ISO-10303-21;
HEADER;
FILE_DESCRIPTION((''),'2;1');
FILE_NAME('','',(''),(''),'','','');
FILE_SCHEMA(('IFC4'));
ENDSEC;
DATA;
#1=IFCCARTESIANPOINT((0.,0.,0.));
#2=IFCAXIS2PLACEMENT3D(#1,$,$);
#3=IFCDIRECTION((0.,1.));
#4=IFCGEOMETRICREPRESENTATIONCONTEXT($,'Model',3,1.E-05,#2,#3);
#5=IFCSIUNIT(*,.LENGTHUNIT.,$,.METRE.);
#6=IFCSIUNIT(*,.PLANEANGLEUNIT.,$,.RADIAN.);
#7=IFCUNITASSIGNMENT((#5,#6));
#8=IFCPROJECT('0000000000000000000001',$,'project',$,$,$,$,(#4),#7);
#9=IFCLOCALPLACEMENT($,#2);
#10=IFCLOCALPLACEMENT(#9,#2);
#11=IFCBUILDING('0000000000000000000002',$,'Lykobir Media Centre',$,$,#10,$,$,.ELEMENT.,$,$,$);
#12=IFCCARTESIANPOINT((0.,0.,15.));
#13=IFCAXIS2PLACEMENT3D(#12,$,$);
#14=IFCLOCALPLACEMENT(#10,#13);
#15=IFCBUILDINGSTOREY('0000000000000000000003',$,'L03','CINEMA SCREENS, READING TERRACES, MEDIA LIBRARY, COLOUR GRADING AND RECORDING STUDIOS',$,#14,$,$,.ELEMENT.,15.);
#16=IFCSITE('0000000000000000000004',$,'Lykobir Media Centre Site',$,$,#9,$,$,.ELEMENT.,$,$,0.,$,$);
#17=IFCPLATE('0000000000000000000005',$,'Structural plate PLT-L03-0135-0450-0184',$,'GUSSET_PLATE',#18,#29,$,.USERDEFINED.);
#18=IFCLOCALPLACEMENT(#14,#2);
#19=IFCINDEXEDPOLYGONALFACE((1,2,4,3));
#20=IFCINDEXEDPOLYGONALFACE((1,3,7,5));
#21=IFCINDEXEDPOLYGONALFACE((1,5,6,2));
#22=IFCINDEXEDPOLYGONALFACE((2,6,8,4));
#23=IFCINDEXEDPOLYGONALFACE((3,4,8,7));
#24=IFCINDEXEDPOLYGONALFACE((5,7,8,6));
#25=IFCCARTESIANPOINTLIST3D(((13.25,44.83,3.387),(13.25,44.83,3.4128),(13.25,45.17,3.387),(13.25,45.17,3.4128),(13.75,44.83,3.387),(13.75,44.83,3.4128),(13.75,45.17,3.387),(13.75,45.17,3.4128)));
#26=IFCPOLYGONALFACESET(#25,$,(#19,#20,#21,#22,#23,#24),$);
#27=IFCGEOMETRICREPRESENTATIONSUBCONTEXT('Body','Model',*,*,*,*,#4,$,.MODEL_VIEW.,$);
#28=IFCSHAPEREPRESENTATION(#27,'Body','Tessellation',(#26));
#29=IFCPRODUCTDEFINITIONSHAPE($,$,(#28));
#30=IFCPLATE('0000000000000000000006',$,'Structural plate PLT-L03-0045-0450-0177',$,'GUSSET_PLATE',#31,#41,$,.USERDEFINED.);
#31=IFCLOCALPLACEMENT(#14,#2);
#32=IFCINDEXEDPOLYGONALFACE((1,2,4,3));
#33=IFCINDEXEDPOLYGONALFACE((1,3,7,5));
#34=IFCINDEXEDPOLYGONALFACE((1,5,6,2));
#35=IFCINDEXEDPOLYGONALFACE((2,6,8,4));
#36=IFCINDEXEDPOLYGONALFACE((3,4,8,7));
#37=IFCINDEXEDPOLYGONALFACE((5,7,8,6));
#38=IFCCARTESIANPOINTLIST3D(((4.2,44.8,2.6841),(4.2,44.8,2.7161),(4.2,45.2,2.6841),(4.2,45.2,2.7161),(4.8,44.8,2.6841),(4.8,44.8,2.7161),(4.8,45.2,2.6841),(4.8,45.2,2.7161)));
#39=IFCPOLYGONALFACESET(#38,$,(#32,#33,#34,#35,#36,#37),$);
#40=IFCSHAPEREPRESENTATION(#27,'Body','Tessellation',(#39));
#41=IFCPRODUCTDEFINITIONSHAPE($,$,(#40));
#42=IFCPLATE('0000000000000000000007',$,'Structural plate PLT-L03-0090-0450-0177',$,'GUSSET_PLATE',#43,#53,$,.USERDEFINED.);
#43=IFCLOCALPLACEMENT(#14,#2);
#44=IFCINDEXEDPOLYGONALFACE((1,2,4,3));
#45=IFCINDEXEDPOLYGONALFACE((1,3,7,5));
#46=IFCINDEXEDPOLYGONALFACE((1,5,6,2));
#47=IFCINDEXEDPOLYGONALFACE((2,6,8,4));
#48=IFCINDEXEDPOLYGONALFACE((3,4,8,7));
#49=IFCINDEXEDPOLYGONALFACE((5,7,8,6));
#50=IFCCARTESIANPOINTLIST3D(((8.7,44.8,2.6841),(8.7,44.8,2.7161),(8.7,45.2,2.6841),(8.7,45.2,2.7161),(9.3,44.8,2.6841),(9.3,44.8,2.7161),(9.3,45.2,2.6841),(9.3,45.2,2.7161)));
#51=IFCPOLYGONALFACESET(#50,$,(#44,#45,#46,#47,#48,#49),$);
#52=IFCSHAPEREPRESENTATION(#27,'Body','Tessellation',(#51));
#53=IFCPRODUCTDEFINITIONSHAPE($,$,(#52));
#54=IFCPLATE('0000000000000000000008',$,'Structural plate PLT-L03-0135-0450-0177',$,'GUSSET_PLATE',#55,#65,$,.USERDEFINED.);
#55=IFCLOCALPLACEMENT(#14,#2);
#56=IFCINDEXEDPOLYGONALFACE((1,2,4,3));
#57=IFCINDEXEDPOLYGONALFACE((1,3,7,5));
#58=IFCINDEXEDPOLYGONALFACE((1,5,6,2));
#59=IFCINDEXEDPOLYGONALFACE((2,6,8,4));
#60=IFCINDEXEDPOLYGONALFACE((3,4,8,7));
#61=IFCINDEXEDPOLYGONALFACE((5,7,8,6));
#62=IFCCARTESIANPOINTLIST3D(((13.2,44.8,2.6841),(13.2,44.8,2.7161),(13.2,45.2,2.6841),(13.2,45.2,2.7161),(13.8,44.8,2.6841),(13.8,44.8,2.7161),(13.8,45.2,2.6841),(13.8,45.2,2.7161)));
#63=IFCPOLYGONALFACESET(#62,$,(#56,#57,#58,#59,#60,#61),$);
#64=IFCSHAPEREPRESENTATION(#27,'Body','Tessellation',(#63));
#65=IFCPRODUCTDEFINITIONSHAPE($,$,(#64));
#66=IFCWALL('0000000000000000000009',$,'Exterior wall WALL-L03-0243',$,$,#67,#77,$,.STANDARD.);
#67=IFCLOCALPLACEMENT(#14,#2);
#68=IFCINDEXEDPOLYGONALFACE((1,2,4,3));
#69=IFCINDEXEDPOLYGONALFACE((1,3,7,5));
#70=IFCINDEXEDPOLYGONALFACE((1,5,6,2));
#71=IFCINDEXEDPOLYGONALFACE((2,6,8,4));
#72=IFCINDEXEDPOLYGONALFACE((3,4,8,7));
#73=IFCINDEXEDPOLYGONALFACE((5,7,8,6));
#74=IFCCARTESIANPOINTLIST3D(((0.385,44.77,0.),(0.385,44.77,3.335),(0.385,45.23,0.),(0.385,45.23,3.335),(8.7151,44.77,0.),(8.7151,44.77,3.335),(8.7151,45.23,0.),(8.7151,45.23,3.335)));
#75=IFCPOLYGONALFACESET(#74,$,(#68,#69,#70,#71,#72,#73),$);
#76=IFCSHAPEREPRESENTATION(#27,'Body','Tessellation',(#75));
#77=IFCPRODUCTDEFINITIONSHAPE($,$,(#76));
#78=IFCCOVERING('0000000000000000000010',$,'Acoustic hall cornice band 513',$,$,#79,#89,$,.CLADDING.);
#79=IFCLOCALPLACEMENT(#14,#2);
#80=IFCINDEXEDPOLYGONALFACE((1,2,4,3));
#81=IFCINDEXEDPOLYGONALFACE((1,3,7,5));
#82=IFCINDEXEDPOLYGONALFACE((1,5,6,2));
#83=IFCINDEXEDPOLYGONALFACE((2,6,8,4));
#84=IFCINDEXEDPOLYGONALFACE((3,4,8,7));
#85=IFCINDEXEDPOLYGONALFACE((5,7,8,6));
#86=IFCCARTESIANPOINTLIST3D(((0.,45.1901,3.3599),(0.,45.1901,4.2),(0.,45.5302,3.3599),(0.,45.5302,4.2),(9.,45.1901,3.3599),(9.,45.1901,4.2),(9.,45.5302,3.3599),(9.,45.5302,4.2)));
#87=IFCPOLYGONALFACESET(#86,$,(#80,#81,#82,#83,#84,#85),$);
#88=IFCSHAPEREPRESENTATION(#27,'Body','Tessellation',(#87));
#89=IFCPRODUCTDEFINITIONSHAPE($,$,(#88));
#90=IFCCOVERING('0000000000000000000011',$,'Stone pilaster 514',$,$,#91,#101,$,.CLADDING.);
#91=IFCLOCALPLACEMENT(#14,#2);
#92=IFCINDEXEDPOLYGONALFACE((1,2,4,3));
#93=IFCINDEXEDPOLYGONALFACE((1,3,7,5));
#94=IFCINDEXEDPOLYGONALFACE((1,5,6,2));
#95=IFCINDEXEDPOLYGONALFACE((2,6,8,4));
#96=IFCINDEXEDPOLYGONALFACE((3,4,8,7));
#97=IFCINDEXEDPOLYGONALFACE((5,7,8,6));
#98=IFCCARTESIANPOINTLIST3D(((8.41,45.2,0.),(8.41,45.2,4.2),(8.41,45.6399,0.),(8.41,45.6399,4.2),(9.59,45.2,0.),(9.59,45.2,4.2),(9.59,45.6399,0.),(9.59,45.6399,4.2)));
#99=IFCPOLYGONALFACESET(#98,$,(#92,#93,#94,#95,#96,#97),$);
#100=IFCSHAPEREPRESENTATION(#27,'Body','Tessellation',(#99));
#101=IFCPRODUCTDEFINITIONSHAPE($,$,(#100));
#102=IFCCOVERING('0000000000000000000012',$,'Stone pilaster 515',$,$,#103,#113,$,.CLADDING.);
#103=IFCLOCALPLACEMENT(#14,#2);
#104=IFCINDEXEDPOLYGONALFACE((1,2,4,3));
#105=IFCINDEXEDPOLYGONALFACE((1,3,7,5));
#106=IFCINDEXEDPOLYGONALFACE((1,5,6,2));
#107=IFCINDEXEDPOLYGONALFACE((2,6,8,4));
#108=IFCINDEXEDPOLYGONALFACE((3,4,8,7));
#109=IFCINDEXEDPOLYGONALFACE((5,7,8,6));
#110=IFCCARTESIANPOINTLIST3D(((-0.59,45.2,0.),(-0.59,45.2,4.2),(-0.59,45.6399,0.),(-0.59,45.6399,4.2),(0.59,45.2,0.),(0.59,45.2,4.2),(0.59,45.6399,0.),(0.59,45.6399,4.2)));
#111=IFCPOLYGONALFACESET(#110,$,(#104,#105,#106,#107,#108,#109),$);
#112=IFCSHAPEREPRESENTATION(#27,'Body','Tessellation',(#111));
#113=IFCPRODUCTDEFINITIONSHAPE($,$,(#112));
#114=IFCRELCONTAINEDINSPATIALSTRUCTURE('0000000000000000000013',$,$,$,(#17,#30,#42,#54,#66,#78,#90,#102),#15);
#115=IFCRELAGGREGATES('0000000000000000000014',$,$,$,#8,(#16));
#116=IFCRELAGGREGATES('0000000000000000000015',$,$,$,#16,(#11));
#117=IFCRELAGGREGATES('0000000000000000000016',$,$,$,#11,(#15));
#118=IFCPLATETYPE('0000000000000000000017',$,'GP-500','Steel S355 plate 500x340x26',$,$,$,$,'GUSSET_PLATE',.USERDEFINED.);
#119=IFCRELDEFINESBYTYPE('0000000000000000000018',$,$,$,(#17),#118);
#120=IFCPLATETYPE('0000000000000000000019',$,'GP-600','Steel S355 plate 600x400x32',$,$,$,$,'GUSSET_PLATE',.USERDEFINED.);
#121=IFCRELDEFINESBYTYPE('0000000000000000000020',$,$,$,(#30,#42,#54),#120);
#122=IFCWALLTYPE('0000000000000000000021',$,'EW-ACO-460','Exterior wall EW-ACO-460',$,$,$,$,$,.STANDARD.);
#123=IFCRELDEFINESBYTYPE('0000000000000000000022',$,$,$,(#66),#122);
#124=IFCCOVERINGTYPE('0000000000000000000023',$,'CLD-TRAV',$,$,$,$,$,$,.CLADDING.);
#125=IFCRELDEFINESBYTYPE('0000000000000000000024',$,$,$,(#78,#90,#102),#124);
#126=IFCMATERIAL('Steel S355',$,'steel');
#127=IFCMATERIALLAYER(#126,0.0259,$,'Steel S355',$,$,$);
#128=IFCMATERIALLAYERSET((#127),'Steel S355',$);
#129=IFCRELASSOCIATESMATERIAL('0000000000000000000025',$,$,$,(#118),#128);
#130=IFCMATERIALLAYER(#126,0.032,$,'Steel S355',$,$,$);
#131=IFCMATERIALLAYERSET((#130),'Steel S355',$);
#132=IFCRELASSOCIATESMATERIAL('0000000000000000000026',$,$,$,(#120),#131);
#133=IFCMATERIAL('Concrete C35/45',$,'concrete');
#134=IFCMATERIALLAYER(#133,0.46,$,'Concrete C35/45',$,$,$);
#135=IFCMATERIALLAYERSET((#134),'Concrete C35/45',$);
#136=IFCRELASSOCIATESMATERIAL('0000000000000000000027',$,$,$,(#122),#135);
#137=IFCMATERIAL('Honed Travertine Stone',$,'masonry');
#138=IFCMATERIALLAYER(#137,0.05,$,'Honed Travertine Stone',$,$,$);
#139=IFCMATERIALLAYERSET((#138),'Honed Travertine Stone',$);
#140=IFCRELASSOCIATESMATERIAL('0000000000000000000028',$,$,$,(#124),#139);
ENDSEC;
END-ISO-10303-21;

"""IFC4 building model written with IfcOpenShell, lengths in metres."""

from ifc_helpers import new_model, si_unit, direction, frame, frame_2d, origin, origin_2d, place, context, subcontext, project, spatial, rectangle, extrude, material, layer, layer_set, type_object, element, save


model = new_model("IFC4")

# Units and contexts
model_context = context("Model", 3, precision=1e-05, world=origin(), true_north=direction((0.0, 1.0)))
body_context = subcontext(model_context, "Body", "Model", "MODEL_VIEW")
ifc_project = project(units=[si_unit("LENGTHUNIT", "METRE"), si_unit("PLANEANGLEUNIT", "RADIAN")], contexts=[model_context])

# Site, building, storey
site_placement = place(None, origin())
site = spatial("IfcSite", under=ifc_project, at=site_placement, Name="Lykobir Media Centre Site", CompositionType="ELEMENT", RefElevation=0.0)
building_placement = place(site_placement, origin())
building = spatial("IfcBuilding", under=site, at=building_placement, Name="Lykobir Media Centre", CompositionType="ELEMENT")
storey_placement = place(building_placement, frame((0.0, 0.0, 15.0)))
storey = spatial("IfcBuildingStorey", under=building, at=storey_placement, Name="L03", Description="CINEMA SCREENS, READING TERRACES, MEDIA LIBRARY, COLOUR GRADING AND RECORDING STUDIOS", CompositionType="ELEMENT", Elevation=15.0)

# Shared definitions
ifc_material_1 = material(Name="Steel S355", Category="steel")

# Plates
ifc_layer_1 = layer(ifc_material_1, 0.0259, Name="Steel S355")
ifc_layer_set_1 = layer_set([ifc_layer_1], Name="Steel S355")
plate_type_1 = type_object("IfcPlateType", Name="GP-500", Description="Steel S355 plate 500x340x26", ElementType="GUSSET_PLATE", PredefinedType="USERDEFINED", material=ifc_layer_set_1)
for number, where, z_axis, x_axis, name in (
    (1, (13.5, 45.0, 3.387), (0.0, 0.0, 1.0), (1.0, 0.0, 0.0), "Structural plate PLT-L03-0135-0450-0184"),
):
    element("IfcPlate", number, at=place(storey_placement, frame(where, z_axis=z_axis, x_axis=x_axis)), inside=storey, type_object=plate_type_1, Name=name, ObjectType="GUSSET_PLATE", PredefinedType="USERDEFINED", context=body_context, shape_type="SweptSolid", body=[
        extrude(rectangle(XDim=0.5, YDim=0.3401, at=origin_2d()), origin(), (0.0, 0.0, 1.0), 0.0259),
    ])
ifc_layer_2 = layer(ifc_material_1, 0.032, Name="Steel S355")
ifc_layer_set_2 = layer_set([ifc_layer_2], Name="Steel S355")
plate_type_2 = type_object("IfcPlateType", Name="GP-600", Description="Steel S355 plate 600x400x32", ElementType="GUSSET_PLATE", PredefinedType="USERDEFINED", material=ifc_layer_set_2)
for number, where, z_axis, x_axis, name in (
    (2, (4.5, 45.0, 2.6841), (0.0, 0.0, 1.0), (1.0, 0.0, 0.0), "Structural plate PLT-L03-0045-0450-0177"),
    (3, (9.0, 45.0, 2.6841), (0.0, 0.0, 1.0), (1.0, 0.0, 0.0), "Structural plate PLT-L03-0090-0450-0177"),
    (4, (13.5, 45.0, 2.6841), (0.0, 0.0, 1.0), (1.0, 0.0, 0.0), "Structural plate PLT-L03-0135-0450-0177"),
):
    element("IfcPlate", number, at=place(storey_placement, frame(where, z_axis=z_axis, x_axis=x_axis)), inside=storey, type_object=plate_type_2, Name=name, ObjectType="GUSSET_PLATE", PredefinedType="USERDEFINED", context=body_context, shape_type="SweptSolid", body=[
        extrude(rectangle(XDim=0.6001, YDim=0.3999, at=origin_2d()), origin(), (0.0, 0.0, 1.0), 0.032),
    ])

# Wall
ifc_material_2 = material(Name="Concrete C35/45", Category="concrete")
ifc_layer_3 = layer(ifc_material_2, 0.46, Name="Concrete C35/45")
ifc_layer_set_3 = layer_set([ifc_layer_3], Name="Concrete C35/45")
wall_type = type_object("IfcWallType", Name="EW-ACO-460", Description="Exterior wall EW-ACO-460", PredefinedType="STANDARD", material=ifc_layer_set_3)
wall_placement = place(storey_placement, frame((8.7151, 45.0, 0.0), z_axis=(0.0, 0.0, 1.0), x_axis=(-1.0, 0.0, 0.0)))
element("IfcWall", 5, at=wall_placement, inside=storey, type_object=wall_type, Name="Exterior wall WALL-L03-0243", PredefinedType="STANDARD", context=body_context, shape_type="SweptSolid", body=[
    extrude(rectangle(XDim=8.3301, YDim=0.46, at=frame_2d((4.165, 0.0))), origin(), (0.0, 0.0, 1.0), 3.335),
])

# Coverings
ifc_material_3 = material(Name="Honed Travertine Stone", Category="masonry")
ifc_layer_4 = layer(ifc_material_3, 0.05, Name="Honed Travertine Stone")
ifc_layer_set_4 = layer_set([ifc_layer_4], Name="Honed Travertine Stone")
covering_type = type_object("IfcCoveringType", Name="CLD-TRAV", PredefinedType="CLADDING", material=ifc_layer_set_4)
covering_placement = place(storey_placement, frame((4.5, 45.3601, 3.3599), z_axis=(0.0, 0.0, 1.0), x_axis=(-1.0, 0.0, 0.0)))
element("IfcCovering", 6, at=covering_placement, inside=storey, type_object=covering_type, Name="Acoustic hall cornice band 513", PredefinedType="CLADDING", context=body_context, shape_type="SweptSolid", body=[
    extrude(rectangle(XDim=9.0, YDim=0.3401, at=origin_2d()), origin(), (0.0, 0.0, 1.0), 0.8401),
])
for number, where, z_axis, x_axis, name in (
    (7, (9.0, 45.4199, 0.0), (0.0, 0.0, 1.0), (-1.0, 0.0, 0.0), "Stone pilaster 514"),
    (8, (0.0, 45.4199, 0.0), (0.0, 0.0, 1.0), (-1.0, 0.0, 0.0), "Stone pilaster 515"),
):
    element("IfcCovering", number, at=place(storey_placement, frame(where, z_axis=z_axis, x_axis=x_axis)), inside=storey, type_object=covering_type, Name=name, PredefinedType="CLADDING", context=body_context, shape_type="SweptSolid", body=[
        extrude(rectangle(XDim=1.1799, YDim=0.4399, at=origin_2d()), origin(), (0.0, 0.0, 1.0), 4.2),
    ])

save(model, "model.ifc")
